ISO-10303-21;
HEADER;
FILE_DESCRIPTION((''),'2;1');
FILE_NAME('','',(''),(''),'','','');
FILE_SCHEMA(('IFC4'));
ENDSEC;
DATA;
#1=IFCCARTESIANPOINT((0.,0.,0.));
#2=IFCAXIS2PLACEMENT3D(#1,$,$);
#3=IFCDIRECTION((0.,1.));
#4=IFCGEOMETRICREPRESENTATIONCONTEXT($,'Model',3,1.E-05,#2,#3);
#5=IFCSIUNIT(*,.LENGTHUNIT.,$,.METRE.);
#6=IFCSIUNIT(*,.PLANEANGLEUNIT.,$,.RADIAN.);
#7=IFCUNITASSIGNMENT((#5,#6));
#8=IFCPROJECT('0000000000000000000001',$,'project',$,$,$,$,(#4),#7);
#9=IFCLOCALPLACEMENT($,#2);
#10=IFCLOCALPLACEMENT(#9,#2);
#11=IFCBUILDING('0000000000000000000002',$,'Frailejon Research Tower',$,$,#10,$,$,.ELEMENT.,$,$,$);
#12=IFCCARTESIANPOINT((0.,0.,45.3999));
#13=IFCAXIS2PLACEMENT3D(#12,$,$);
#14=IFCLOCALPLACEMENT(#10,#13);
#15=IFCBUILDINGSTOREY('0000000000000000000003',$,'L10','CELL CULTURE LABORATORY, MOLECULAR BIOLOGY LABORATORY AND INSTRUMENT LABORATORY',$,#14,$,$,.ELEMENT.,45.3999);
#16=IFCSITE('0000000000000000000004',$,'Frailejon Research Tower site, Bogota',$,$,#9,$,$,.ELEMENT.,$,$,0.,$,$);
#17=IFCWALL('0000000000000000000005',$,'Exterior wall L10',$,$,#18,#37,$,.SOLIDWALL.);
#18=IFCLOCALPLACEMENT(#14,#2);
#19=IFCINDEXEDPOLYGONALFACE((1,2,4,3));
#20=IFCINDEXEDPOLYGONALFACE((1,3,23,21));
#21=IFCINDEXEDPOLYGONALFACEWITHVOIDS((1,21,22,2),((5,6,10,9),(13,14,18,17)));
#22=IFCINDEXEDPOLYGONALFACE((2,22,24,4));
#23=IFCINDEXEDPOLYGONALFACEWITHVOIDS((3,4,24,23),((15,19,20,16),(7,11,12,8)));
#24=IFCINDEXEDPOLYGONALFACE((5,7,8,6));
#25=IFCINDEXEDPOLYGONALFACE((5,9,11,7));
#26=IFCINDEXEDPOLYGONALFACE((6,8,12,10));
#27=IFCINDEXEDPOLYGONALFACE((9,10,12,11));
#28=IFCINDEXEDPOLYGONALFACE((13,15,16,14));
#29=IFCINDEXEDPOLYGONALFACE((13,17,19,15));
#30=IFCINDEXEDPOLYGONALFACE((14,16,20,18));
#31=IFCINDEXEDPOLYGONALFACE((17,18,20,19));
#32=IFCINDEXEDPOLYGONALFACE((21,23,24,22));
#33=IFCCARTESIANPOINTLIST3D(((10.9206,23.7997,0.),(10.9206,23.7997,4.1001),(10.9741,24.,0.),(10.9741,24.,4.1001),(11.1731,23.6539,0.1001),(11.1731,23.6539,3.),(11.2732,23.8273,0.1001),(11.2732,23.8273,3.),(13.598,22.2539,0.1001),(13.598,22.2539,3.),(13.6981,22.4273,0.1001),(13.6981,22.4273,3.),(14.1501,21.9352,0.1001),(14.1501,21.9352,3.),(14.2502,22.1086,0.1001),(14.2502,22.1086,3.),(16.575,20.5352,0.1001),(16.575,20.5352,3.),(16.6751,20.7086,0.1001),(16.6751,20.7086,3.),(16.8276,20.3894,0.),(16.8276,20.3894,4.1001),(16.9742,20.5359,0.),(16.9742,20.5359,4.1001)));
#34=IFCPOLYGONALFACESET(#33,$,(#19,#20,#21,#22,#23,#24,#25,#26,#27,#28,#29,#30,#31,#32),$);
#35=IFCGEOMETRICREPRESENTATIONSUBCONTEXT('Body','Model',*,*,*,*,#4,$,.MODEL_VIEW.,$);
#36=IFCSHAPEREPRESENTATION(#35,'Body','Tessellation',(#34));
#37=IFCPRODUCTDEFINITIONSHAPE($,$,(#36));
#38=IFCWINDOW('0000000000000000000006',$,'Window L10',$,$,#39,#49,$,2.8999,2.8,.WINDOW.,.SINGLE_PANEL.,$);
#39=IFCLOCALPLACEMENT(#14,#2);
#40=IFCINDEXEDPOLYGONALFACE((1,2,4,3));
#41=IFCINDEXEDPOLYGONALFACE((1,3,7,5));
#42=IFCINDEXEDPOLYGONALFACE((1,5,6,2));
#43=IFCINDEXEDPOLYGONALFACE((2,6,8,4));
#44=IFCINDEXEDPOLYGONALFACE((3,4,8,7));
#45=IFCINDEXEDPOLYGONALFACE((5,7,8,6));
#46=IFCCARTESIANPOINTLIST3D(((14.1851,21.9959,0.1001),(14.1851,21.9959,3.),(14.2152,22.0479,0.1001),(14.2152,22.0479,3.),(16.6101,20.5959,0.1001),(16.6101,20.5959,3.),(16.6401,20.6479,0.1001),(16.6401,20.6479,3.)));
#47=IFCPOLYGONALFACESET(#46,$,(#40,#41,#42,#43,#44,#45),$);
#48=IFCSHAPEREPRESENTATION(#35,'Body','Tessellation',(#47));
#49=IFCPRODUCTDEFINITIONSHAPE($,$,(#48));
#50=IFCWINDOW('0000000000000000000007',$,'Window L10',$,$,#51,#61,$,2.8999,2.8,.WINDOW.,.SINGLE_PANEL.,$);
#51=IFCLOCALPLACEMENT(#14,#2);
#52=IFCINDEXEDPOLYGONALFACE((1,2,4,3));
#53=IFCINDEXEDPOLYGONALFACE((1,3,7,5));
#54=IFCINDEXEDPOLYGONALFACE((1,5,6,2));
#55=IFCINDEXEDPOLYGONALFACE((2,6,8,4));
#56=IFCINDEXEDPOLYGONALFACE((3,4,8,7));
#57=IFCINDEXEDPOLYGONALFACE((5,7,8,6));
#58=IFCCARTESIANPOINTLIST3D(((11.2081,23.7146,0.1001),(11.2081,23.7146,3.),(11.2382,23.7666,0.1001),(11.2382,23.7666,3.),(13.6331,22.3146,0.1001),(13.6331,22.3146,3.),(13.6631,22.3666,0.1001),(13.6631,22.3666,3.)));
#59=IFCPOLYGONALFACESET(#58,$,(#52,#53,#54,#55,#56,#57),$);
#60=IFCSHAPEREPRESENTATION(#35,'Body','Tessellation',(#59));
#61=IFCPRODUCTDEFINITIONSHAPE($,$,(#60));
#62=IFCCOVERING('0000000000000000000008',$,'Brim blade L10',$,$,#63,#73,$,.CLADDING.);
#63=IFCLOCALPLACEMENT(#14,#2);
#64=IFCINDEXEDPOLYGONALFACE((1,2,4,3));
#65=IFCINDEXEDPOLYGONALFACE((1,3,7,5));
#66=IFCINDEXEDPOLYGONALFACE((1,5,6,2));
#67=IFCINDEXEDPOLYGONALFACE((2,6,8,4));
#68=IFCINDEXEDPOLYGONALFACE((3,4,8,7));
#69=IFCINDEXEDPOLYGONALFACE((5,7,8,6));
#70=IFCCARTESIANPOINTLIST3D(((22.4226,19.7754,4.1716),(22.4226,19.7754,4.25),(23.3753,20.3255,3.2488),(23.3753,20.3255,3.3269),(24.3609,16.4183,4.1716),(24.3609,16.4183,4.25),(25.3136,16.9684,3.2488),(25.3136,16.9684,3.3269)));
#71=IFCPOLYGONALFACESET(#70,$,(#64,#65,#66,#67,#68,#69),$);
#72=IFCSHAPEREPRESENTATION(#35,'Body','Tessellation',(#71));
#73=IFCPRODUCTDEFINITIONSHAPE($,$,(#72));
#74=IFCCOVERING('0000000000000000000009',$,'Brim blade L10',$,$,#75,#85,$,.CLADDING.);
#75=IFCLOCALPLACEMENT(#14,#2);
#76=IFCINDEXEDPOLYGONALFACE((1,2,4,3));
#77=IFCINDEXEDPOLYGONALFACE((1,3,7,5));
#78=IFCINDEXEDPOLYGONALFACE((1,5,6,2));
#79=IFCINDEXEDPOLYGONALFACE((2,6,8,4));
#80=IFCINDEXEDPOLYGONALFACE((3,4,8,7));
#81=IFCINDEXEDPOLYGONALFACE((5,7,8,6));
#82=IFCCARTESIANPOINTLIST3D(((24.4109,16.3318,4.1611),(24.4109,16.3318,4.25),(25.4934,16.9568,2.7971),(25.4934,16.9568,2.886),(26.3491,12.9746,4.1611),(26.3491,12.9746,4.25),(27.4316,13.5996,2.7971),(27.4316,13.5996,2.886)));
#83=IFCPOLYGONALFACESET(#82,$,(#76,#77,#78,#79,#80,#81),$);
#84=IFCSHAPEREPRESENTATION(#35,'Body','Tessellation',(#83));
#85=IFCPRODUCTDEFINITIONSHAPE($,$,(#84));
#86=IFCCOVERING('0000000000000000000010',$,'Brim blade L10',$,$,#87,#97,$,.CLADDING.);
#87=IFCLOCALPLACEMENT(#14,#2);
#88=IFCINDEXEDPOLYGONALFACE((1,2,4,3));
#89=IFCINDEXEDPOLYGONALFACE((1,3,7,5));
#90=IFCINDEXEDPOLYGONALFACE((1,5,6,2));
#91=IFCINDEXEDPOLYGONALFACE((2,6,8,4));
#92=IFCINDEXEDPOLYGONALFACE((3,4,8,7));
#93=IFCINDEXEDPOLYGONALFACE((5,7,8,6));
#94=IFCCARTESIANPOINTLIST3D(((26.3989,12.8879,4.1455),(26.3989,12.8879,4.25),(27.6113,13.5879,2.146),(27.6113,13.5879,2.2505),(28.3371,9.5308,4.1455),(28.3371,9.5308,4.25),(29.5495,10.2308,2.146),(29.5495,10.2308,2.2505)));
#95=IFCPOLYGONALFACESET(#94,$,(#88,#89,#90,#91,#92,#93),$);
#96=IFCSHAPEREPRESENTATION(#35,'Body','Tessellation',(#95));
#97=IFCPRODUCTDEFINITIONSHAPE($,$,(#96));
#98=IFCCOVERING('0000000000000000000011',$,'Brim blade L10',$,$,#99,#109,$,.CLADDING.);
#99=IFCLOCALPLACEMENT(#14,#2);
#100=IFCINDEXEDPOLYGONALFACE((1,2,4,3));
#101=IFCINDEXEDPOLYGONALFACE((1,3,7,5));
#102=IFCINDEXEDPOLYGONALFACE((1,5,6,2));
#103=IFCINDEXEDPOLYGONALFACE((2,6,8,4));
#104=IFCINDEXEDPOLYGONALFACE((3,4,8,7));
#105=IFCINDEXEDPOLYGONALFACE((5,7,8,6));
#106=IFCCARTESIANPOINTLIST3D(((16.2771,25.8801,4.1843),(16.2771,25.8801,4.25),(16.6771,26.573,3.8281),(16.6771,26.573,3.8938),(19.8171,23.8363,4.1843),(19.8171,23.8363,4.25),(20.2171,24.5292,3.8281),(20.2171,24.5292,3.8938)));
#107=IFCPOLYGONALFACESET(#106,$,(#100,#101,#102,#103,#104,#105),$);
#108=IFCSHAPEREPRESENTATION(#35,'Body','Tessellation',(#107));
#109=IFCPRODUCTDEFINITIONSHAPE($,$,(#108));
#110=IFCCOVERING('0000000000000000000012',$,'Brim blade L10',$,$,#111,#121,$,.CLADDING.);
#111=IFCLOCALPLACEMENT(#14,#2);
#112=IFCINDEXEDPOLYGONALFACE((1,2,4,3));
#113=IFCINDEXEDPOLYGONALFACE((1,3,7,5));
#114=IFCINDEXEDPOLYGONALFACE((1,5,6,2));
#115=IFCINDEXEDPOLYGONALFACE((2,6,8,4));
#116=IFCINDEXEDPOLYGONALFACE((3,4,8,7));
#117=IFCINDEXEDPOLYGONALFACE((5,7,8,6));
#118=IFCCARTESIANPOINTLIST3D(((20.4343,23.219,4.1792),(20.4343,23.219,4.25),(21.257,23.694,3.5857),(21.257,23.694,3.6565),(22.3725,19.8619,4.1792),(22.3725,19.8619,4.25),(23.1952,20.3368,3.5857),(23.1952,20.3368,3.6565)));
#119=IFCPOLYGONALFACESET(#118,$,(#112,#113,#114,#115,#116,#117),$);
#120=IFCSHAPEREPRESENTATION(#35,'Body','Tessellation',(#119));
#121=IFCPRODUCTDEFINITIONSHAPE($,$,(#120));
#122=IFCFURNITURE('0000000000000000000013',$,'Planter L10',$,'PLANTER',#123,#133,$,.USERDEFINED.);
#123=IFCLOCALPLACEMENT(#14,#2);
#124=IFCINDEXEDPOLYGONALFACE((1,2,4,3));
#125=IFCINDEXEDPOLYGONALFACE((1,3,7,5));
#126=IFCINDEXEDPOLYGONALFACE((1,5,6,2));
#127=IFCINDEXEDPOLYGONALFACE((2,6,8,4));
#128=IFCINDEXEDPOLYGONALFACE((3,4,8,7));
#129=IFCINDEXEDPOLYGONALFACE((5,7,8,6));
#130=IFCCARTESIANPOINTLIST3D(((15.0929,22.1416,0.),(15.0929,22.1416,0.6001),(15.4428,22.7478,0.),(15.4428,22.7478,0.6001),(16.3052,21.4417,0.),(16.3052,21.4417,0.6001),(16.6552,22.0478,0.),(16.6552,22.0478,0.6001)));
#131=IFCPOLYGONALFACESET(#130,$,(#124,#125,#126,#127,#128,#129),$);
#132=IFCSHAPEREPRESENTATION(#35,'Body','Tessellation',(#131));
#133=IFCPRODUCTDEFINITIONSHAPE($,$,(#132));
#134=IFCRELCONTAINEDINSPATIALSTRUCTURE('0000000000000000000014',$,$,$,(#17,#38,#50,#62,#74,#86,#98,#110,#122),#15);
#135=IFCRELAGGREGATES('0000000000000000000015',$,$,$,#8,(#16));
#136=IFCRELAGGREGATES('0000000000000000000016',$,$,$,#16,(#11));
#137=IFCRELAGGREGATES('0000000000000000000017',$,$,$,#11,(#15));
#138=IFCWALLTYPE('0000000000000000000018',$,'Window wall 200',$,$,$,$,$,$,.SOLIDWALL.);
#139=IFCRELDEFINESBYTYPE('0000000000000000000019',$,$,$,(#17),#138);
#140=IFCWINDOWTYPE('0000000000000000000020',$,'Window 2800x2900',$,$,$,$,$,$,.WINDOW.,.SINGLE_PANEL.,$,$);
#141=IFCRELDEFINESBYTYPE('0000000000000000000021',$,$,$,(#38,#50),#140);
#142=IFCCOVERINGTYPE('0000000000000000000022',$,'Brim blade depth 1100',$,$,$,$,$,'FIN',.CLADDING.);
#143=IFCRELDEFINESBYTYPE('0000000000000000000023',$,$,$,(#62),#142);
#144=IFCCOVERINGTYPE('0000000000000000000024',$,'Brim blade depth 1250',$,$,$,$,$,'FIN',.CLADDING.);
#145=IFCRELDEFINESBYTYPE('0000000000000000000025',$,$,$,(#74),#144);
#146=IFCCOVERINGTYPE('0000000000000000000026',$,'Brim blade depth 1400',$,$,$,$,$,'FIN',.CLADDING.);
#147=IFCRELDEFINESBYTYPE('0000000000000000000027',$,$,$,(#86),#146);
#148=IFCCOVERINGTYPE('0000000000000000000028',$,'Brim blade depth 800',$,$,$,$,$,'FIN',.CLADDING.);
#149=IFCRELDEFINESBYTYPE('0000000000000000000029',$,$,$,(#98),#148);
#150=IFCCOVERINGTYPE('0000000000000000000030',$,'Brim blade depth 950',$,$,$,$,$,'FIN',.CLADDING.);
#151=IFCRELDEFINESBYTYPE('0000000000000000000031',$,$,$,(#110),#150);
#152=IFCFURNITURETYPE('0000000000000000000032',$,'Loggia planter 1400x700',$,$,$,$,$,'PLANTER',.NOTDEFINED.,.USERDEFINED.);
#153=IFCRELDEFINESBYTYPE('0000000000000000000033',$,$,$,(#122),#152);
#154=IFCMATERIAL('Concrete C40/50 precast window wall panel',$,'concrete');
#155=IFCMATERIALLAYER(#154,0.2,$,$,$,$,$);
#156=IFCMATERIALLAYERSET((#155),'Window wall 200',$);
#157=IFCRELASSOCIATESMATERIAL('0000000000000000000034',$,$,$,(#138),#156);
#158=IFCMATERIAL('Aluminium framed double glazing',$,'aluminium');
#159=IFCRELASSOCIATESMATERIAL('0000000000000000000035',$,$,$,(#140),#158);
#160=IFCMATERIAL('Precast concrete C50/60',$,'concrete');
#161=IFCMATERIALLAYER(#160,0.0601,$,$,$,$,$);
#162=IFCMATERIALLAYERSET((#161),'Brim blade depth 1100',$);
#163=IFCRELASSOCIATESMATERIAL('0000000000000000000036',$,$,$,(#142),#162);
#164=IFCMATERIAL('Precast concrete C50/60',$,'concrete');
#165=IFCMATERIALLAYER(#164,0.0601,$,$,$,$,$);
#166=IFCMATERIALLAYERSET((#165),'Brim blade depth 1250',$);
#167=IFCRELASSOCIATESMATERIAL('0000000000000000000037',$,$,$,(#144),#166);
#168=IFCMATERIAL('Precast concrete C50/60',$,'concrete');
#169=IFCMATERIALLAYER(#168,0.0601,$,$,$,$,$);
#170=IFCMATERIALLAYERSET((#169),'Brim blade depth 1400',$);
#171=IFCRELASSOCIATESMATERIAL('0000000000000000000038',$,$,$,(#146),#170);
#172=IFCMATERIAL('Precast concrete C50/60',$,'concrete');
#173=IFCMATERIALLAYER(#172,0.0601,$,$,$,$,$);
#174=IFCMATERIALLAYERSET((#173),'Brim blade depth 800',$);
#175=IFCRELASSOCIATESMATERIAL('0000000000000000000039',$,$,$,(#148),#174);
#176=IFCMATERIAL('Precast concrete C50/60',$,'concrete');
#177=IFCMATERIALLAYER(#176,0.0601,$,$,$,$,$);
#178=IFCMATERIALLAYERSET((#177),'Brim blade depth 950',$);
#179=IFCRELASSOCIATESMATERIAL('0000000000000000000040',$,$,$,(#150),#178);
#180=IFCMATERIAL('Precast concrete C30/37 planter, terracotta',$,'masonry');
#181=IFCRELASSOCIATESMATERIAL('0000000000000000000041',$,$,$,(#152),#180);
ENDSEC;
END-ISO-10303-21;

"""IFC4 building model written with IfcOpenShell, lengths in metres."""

from ifc_helpers import new_model, si_unit, direction, frame, frame_2d, origin, origin_2d, place, context, subcontext, project, spatial, polyline, rectangle, outline, extrude, material, layer, layer_set, type_object, element, fill, save


model = new_model("IFC4")

# Units and contexts
model_context = context("Model", 3, precision=1e-05, world=origin(), true_north=direction((0.0, 1.0)))
body_context = subcontext(model_context, "Body", "Model", "MODEL_VIEW")
ifc_project = project(units=[si_unit("LENGTHUNIT", "METRE"), si_unit("PLANEANGLEUNIT", "RADIAN")], contexts=[model_context])

# Site, building, storey
site_placement = place(None, origin())
site = spatial("IfcSite", under=ifc_project, at=site_placement, Name="Frailejon Research Tower site, Bogota", CompositionType="ELEMENT", RefElevation=0.0)
building_placement = place(site_placement, origin())
building = spatial("IfcBuilding", under=site, at=building_placement, Name="Frailejon Research Tower", CompositionType="ELEMENT")
storey_placement = place(building_placement, frame((0.0, 0.0, 45.3999)))
storey = spatial("IfcBuildingStorey", under=building, at=storey_placement, Name="L10", Description="CELL CULTURE LABORATORY, MOLECULAR BIOLOGY LABORATORY AND INSTRUMENT LABORATORY", CompositionType="ELEMENT", Elevation=45.3999)

# Wall, openings, windows
ifc_material_1 = material(Name="Concrete C40/50 precast window wall panel", Category="concrete")
ifc_layer_1 = layer(ifc_material_1, 0.2)
ifc_layer_set_1 = layer_set([ifc_layer_1], Name="Window wall 200")
wall_type_1 = type_object("IfcWallType", Name="Window wall 200", PredefinedType="SOLIDWALL", material=ifc_layer_set_1)
wall_1_placement = place(storey_placement, frame((16.9009, 20.4626, 0.0), z_axis=(0.0, 0.0, 1.0), x_axis=(-0.866029, 0.499993, 0.0)))
wall_1 = element("IfcWall", 1, at=wall_1_placement, inside=storey, type_object=wall_type_1, Name="Exterior wall L10", PredefinedType="SOLIDWALL", context=body_context, shape_type="SweptSolid", body=[
    extrude(outline(polyline([(-0.0269, -0.1001), (1.1279, -0.1001), (2.2825, -0.1001), (3.4373, -0.1001), (4.592, -0.1001), (5.7466, -0.1001), (6.9014, -0.1001), (6.8477, 0.1001), (5.7109, 0.1001), (4.574, 0.1001), (3.4373, 0.1001), (2.3005, 0.1001), (1.1636, 0.1001), (0.0269, 0.1001), (-0.0269, -0.1001)])), origin(), (0.0, 0.0, 1.0), 4.1001),
])
opening_1_placement = place(wall_1_placement, frame((0.3186, 0.0, 0.1001)))
opening_1 = element("IfcOpeningElement", 2, at=opening_1_placement, cuts=wall_1, PredefinedType="OPENING", context=body_context, shape_type="SweptSolid", body=[
    extrude(rectangle(XDim=2.8, YDim=2.8999, at=frame_2d((1.3999, 1.45))), frame((0.0, 0.1099, 0.0), z_axis=(0.0, -1.0, 0.0), x_axis=(1.0, 0.0, 0.0)), (0.0, 0.0, 1.0), 0.22),
])
opening_2_placement = place(wall_1_placement, frame((3.7561, 0.0, 0.1001)))
opening_2 = element("IfcOpeningElement", 3, at=opening_2_placement, cuts=wall_1, PredefinedType="OPENING", context=body_context, shape_type="SweptSolid", body=[
    extrude(rectangle(XDim=2.8, YDim=2.8999, at=frame_2d((1.3999, 1.45))), frame((0.0, 0.1099, 0.0), z_axis=(0.0, -1.0, 0.0), x_axis=(1.0, 0.0, 0.0)), (0.0, 0.0, 1.0), 0.22),
])
ifc_material_2 = material(Name="Aluminium framed double glazing", Category="aluminium")
window_type = type_object("IfcWindowType", Name="Window 2800x2900", PartitioningType="SINGLE_PANEL", PredefinedType="WINDOW", material=ifc_material_2)
window_1_placement = place(opening_1_placement, origin())
window_1 = element("IfcWindow", 4, at=window_1_placement, inside=storey, type_object=window_type, Name="Window L10", OverallHeight=2.8999, OverallWidth=2.8, PartitioningType="SINGLE_PANEL", PredefinedType="WINDOW", context=body_context, shape_type="SweptSolid", body=[
    extrude(rectangle(XDim=2.8, YDim=2.8999, at=frame_2d((1.3999, 1.45))), frame((0.0, 0.03, 0.0), z_axis=(0.0, -1.0, 0.0), x_axis=(1.0, 0.0, 0.0)), (0.0, 0.0, 1.0), 0.0601),
])
fill(opening_1, window_1)
window_2_placement = place(opening_2_placement, origin())
window_2 = element("IfcWindow", 5, at=window_2_placement, inside=storey, type_object=window_type, Name="Window L10", OverallHeight=2.8999, OverallWidth=2.8, PartitioningType="SINGLE_PANEL", PredefinedType="WINDOW", context=body_context, shape_type="SweptSolid", body=[
    extrude(rectangle(XDim=2.8, YDim=2.8999, at=frame_2d((1.3999, 1.45))), frame((0.0, 0.03, 0.0), z_axis=(0.0, -1.0, 0.0), x_axis=(1.0, 0.0, 0.0)), (0.0, 0.0, 1.0), 0.0601),
])
fill(opening_2, window_2)

# Coverings
ifc_material_3 = material(Name="Precast concrete C50/60", Category="concrete")
ifc_layer_2 = layer(ifc_material_3, 0.0601)
ifc_layer_set_2 = layer_set([ifc_layer_2], Name="Brim blade depth 1100")
covering_type_1 = type_object("IfcCoveringType", Name="Brim blade depth 1100", ElementType="FIN", PredefinedType="CLADDING", material=ifc_layer_set_2)
covering_1_placement = place(storey_placement, frame((22.4226, 19.7754, 4.25), z_axis=(0.500015, -0.866017, 0.0), x_axis=(0.866017, 0.500015, 0.0)))
element("IfcCovering", 6, at=covering_1_placement, inside=storey, type_object=covering_type_1, Name="Brim blade L10", PredefinedType="CLADDING", context=body_context, shape_type="SweptSolid", body=[
    extrude(outline(polyline([(0.0, -0.0784), (1.1001, -1.0012), (1.1001, -0.9231), (0.0, 0.0), (0.0, -0.0784)])), origin(), (0.0, 0.0, 1.0), 3.8765),
])
ifc_material_4 = material(Name="Precast concrete C50/60", Category="concrete")
ifc_layer_3 = layer(ifc_material_4, 0.0601)
ifc_layer_set_3 = layer_set([ifc_layer_3], Name="Brim blade depth 1250")
covering_type_2 = type_object("IfcCoveringType", Name="Brim blade depth 1250", ElementType="FIN", PredefinedType="CLADDING", material=ifc_layer_set_3)
covering_2_placement = place(storey_placement, frame((24.4109, 16.3318, 4.25), z_axis=(0.499985, -0.866034, 0.0), x_axis=(0.866034, 0.499985, 0.0)))
element("IfcCovering", 7, at=covering_2_placement, inside=storey, type_object=covering_type_2, Name="Brim blade L10", PredefinedType="CLADDING", context=body_context, shape_type="SweptSolid", body=[
    extrude(outline(polyline([(0.0, -0.0889), (1.25, -1.4529), (1.25, -1.364), (0.0, 0.0), (0.0, -0.0889)])), origin(), (0.0, 0.0, 1.0), 3.8765),
])
ifc_material_5 = material(Name="Precast concrete C50/60", Category="concrete")
ifc_layer_4 = layer(ifc_material_5, 0.0601)
ifc_layer_set_4 = layer_set([ifc_layer_4], Name="Brim blade depth 1400")
covering_type_3 = type_object("IfcCoveringType", Name="Brim blade depth 1400", ElementType="FIN", PredefinedType="CLADDING", material=ifc_layer_set_4)
covering_3_placement = place(storey_placement, frame((26.3989, 12.8879, 4.25), z_axis=(0.499996, -0.866028, 0.0), x_axis=(0.866028, 0.499996, 0.0)))
element("IfcCovering", 8, at=covering_3_placement, inside=storey, type_object=covering_type_3, Name="Brim blade L10", PredefinedType="CLADDING", context=body_context, shape_type="SweptSolid", body=[
    extrude(outline(polyline([(0.0, -0.1045), (1.3999, -2.104), (1.3999, -1.9995), (0.0, 0.0), (0.0, -0.1045)])), origin(), (0.0, 0.0, 1.0), 3.8765),
])
ifc_material_6 = material(Name="Precast concrete C50/60", Category="concrete")
ifc_layer_5 = layer(ifc_material_6, 0.0601)
ifc_layer_set_5 = layer_set([ifc_layer_5], Name="Brim blade depth 800")
covering_type_4 = type_object("IfcCoveringType", Name="Brim blade depth 800", ElementType="FIN", PredefinedType="CLADDING", material=ifc_layer_set_5)
covering_4_placement = place(storey_placement, frame((16.2771, 25.8801, 4.25), z_axis=(0.866027, -0.499997, 0.0), x_axis=(0.499997, 0.866027, 0.0)))
element("IfcCovering", 9, at=covering_4_placement, inside=storey, type_object=covering_type_4, Name="Brim blade L10", PredefinedType="CLADDING", context=body_context, shape_type="SweptSolid", body=[
    extrude(outline(polyline([(0.0, -0.0657), (0.8, -0.4219), (0.8, -0.3562), (0.0, 0.0), (0.0, -0.0657)])), origin(), (0.0, 0.0, 1.0), 4.0876),
])
ifc_material_7 = material(Name="Precast concrete C50/60", Category="concrete")
ifc_layer_6 = layer(ifc_material_7, 0.0601)
ifc_layer_set_6 = layer_set([ifc_layer_6], Name="Brim blade depth 950")
covering_type_5 = type_object("IfcCoveringType", Name="Brim blade depth 950", ElementType="FIN", PredefinedType="CLADDING", material=ifc_layer_set_6)
covering_5_placement = place(storey_placement, frame((20.4343, 23.219, 4.25), z_axis=(0.499996, -0.866028, 0.0), x_axis=(0.866028, 0.499996, 0.0)))
element("IfcCovering", 10, at=covering_5_placement, inside=storey, type_object=covering_type_5, Name="Brim blade L10", PredefinedType="CLADDING", context=body_context, shape_type="SweptSolid", body=[
    extrude(outline(polyline([(0.0, -0.0708), (0.95, -0.6643), (0.95, -0.5935), (0.0, 0.0), (0.0, -0.0708)])), origin(), (0.0, 0.0, 1.0), 3.8765),
])

# Furniture
ifc_material_8 = material(Name="Precast concrete C30/37 planter, terracotta", Category="masonry")
furniture_type = type_object("IfcFurnitureType", Name="Loggia planter 1400x700", ElementType="PLANTER", AssemblyPlace="NOTDEFINED", PredefinedType="USERDEFINED", material=ifc_material_8)
furniture_placement = place(storey_placement, frame((15.874, 22.0947, 0.0), z_axis=(0.0, 0.0, 1.0), x_axis=(-0.866025, 0.5, 0.0)))
element("IfcFurniture", 11, at=furniture_placement, inside=storey, type_object=furniture_type, Name="Planter L10", ObjectType="PLANTER", PredefinedType="USERDEFINED", context=body_context, shape_type="SweptSolid", body=[
    extrude(rectangle(XDim=1.3999, YDim=0.7, at=origin_2d()), origin(), (0.0, 0.0, 1.0), 0.6001),
])

save(model, "model.ifc")
